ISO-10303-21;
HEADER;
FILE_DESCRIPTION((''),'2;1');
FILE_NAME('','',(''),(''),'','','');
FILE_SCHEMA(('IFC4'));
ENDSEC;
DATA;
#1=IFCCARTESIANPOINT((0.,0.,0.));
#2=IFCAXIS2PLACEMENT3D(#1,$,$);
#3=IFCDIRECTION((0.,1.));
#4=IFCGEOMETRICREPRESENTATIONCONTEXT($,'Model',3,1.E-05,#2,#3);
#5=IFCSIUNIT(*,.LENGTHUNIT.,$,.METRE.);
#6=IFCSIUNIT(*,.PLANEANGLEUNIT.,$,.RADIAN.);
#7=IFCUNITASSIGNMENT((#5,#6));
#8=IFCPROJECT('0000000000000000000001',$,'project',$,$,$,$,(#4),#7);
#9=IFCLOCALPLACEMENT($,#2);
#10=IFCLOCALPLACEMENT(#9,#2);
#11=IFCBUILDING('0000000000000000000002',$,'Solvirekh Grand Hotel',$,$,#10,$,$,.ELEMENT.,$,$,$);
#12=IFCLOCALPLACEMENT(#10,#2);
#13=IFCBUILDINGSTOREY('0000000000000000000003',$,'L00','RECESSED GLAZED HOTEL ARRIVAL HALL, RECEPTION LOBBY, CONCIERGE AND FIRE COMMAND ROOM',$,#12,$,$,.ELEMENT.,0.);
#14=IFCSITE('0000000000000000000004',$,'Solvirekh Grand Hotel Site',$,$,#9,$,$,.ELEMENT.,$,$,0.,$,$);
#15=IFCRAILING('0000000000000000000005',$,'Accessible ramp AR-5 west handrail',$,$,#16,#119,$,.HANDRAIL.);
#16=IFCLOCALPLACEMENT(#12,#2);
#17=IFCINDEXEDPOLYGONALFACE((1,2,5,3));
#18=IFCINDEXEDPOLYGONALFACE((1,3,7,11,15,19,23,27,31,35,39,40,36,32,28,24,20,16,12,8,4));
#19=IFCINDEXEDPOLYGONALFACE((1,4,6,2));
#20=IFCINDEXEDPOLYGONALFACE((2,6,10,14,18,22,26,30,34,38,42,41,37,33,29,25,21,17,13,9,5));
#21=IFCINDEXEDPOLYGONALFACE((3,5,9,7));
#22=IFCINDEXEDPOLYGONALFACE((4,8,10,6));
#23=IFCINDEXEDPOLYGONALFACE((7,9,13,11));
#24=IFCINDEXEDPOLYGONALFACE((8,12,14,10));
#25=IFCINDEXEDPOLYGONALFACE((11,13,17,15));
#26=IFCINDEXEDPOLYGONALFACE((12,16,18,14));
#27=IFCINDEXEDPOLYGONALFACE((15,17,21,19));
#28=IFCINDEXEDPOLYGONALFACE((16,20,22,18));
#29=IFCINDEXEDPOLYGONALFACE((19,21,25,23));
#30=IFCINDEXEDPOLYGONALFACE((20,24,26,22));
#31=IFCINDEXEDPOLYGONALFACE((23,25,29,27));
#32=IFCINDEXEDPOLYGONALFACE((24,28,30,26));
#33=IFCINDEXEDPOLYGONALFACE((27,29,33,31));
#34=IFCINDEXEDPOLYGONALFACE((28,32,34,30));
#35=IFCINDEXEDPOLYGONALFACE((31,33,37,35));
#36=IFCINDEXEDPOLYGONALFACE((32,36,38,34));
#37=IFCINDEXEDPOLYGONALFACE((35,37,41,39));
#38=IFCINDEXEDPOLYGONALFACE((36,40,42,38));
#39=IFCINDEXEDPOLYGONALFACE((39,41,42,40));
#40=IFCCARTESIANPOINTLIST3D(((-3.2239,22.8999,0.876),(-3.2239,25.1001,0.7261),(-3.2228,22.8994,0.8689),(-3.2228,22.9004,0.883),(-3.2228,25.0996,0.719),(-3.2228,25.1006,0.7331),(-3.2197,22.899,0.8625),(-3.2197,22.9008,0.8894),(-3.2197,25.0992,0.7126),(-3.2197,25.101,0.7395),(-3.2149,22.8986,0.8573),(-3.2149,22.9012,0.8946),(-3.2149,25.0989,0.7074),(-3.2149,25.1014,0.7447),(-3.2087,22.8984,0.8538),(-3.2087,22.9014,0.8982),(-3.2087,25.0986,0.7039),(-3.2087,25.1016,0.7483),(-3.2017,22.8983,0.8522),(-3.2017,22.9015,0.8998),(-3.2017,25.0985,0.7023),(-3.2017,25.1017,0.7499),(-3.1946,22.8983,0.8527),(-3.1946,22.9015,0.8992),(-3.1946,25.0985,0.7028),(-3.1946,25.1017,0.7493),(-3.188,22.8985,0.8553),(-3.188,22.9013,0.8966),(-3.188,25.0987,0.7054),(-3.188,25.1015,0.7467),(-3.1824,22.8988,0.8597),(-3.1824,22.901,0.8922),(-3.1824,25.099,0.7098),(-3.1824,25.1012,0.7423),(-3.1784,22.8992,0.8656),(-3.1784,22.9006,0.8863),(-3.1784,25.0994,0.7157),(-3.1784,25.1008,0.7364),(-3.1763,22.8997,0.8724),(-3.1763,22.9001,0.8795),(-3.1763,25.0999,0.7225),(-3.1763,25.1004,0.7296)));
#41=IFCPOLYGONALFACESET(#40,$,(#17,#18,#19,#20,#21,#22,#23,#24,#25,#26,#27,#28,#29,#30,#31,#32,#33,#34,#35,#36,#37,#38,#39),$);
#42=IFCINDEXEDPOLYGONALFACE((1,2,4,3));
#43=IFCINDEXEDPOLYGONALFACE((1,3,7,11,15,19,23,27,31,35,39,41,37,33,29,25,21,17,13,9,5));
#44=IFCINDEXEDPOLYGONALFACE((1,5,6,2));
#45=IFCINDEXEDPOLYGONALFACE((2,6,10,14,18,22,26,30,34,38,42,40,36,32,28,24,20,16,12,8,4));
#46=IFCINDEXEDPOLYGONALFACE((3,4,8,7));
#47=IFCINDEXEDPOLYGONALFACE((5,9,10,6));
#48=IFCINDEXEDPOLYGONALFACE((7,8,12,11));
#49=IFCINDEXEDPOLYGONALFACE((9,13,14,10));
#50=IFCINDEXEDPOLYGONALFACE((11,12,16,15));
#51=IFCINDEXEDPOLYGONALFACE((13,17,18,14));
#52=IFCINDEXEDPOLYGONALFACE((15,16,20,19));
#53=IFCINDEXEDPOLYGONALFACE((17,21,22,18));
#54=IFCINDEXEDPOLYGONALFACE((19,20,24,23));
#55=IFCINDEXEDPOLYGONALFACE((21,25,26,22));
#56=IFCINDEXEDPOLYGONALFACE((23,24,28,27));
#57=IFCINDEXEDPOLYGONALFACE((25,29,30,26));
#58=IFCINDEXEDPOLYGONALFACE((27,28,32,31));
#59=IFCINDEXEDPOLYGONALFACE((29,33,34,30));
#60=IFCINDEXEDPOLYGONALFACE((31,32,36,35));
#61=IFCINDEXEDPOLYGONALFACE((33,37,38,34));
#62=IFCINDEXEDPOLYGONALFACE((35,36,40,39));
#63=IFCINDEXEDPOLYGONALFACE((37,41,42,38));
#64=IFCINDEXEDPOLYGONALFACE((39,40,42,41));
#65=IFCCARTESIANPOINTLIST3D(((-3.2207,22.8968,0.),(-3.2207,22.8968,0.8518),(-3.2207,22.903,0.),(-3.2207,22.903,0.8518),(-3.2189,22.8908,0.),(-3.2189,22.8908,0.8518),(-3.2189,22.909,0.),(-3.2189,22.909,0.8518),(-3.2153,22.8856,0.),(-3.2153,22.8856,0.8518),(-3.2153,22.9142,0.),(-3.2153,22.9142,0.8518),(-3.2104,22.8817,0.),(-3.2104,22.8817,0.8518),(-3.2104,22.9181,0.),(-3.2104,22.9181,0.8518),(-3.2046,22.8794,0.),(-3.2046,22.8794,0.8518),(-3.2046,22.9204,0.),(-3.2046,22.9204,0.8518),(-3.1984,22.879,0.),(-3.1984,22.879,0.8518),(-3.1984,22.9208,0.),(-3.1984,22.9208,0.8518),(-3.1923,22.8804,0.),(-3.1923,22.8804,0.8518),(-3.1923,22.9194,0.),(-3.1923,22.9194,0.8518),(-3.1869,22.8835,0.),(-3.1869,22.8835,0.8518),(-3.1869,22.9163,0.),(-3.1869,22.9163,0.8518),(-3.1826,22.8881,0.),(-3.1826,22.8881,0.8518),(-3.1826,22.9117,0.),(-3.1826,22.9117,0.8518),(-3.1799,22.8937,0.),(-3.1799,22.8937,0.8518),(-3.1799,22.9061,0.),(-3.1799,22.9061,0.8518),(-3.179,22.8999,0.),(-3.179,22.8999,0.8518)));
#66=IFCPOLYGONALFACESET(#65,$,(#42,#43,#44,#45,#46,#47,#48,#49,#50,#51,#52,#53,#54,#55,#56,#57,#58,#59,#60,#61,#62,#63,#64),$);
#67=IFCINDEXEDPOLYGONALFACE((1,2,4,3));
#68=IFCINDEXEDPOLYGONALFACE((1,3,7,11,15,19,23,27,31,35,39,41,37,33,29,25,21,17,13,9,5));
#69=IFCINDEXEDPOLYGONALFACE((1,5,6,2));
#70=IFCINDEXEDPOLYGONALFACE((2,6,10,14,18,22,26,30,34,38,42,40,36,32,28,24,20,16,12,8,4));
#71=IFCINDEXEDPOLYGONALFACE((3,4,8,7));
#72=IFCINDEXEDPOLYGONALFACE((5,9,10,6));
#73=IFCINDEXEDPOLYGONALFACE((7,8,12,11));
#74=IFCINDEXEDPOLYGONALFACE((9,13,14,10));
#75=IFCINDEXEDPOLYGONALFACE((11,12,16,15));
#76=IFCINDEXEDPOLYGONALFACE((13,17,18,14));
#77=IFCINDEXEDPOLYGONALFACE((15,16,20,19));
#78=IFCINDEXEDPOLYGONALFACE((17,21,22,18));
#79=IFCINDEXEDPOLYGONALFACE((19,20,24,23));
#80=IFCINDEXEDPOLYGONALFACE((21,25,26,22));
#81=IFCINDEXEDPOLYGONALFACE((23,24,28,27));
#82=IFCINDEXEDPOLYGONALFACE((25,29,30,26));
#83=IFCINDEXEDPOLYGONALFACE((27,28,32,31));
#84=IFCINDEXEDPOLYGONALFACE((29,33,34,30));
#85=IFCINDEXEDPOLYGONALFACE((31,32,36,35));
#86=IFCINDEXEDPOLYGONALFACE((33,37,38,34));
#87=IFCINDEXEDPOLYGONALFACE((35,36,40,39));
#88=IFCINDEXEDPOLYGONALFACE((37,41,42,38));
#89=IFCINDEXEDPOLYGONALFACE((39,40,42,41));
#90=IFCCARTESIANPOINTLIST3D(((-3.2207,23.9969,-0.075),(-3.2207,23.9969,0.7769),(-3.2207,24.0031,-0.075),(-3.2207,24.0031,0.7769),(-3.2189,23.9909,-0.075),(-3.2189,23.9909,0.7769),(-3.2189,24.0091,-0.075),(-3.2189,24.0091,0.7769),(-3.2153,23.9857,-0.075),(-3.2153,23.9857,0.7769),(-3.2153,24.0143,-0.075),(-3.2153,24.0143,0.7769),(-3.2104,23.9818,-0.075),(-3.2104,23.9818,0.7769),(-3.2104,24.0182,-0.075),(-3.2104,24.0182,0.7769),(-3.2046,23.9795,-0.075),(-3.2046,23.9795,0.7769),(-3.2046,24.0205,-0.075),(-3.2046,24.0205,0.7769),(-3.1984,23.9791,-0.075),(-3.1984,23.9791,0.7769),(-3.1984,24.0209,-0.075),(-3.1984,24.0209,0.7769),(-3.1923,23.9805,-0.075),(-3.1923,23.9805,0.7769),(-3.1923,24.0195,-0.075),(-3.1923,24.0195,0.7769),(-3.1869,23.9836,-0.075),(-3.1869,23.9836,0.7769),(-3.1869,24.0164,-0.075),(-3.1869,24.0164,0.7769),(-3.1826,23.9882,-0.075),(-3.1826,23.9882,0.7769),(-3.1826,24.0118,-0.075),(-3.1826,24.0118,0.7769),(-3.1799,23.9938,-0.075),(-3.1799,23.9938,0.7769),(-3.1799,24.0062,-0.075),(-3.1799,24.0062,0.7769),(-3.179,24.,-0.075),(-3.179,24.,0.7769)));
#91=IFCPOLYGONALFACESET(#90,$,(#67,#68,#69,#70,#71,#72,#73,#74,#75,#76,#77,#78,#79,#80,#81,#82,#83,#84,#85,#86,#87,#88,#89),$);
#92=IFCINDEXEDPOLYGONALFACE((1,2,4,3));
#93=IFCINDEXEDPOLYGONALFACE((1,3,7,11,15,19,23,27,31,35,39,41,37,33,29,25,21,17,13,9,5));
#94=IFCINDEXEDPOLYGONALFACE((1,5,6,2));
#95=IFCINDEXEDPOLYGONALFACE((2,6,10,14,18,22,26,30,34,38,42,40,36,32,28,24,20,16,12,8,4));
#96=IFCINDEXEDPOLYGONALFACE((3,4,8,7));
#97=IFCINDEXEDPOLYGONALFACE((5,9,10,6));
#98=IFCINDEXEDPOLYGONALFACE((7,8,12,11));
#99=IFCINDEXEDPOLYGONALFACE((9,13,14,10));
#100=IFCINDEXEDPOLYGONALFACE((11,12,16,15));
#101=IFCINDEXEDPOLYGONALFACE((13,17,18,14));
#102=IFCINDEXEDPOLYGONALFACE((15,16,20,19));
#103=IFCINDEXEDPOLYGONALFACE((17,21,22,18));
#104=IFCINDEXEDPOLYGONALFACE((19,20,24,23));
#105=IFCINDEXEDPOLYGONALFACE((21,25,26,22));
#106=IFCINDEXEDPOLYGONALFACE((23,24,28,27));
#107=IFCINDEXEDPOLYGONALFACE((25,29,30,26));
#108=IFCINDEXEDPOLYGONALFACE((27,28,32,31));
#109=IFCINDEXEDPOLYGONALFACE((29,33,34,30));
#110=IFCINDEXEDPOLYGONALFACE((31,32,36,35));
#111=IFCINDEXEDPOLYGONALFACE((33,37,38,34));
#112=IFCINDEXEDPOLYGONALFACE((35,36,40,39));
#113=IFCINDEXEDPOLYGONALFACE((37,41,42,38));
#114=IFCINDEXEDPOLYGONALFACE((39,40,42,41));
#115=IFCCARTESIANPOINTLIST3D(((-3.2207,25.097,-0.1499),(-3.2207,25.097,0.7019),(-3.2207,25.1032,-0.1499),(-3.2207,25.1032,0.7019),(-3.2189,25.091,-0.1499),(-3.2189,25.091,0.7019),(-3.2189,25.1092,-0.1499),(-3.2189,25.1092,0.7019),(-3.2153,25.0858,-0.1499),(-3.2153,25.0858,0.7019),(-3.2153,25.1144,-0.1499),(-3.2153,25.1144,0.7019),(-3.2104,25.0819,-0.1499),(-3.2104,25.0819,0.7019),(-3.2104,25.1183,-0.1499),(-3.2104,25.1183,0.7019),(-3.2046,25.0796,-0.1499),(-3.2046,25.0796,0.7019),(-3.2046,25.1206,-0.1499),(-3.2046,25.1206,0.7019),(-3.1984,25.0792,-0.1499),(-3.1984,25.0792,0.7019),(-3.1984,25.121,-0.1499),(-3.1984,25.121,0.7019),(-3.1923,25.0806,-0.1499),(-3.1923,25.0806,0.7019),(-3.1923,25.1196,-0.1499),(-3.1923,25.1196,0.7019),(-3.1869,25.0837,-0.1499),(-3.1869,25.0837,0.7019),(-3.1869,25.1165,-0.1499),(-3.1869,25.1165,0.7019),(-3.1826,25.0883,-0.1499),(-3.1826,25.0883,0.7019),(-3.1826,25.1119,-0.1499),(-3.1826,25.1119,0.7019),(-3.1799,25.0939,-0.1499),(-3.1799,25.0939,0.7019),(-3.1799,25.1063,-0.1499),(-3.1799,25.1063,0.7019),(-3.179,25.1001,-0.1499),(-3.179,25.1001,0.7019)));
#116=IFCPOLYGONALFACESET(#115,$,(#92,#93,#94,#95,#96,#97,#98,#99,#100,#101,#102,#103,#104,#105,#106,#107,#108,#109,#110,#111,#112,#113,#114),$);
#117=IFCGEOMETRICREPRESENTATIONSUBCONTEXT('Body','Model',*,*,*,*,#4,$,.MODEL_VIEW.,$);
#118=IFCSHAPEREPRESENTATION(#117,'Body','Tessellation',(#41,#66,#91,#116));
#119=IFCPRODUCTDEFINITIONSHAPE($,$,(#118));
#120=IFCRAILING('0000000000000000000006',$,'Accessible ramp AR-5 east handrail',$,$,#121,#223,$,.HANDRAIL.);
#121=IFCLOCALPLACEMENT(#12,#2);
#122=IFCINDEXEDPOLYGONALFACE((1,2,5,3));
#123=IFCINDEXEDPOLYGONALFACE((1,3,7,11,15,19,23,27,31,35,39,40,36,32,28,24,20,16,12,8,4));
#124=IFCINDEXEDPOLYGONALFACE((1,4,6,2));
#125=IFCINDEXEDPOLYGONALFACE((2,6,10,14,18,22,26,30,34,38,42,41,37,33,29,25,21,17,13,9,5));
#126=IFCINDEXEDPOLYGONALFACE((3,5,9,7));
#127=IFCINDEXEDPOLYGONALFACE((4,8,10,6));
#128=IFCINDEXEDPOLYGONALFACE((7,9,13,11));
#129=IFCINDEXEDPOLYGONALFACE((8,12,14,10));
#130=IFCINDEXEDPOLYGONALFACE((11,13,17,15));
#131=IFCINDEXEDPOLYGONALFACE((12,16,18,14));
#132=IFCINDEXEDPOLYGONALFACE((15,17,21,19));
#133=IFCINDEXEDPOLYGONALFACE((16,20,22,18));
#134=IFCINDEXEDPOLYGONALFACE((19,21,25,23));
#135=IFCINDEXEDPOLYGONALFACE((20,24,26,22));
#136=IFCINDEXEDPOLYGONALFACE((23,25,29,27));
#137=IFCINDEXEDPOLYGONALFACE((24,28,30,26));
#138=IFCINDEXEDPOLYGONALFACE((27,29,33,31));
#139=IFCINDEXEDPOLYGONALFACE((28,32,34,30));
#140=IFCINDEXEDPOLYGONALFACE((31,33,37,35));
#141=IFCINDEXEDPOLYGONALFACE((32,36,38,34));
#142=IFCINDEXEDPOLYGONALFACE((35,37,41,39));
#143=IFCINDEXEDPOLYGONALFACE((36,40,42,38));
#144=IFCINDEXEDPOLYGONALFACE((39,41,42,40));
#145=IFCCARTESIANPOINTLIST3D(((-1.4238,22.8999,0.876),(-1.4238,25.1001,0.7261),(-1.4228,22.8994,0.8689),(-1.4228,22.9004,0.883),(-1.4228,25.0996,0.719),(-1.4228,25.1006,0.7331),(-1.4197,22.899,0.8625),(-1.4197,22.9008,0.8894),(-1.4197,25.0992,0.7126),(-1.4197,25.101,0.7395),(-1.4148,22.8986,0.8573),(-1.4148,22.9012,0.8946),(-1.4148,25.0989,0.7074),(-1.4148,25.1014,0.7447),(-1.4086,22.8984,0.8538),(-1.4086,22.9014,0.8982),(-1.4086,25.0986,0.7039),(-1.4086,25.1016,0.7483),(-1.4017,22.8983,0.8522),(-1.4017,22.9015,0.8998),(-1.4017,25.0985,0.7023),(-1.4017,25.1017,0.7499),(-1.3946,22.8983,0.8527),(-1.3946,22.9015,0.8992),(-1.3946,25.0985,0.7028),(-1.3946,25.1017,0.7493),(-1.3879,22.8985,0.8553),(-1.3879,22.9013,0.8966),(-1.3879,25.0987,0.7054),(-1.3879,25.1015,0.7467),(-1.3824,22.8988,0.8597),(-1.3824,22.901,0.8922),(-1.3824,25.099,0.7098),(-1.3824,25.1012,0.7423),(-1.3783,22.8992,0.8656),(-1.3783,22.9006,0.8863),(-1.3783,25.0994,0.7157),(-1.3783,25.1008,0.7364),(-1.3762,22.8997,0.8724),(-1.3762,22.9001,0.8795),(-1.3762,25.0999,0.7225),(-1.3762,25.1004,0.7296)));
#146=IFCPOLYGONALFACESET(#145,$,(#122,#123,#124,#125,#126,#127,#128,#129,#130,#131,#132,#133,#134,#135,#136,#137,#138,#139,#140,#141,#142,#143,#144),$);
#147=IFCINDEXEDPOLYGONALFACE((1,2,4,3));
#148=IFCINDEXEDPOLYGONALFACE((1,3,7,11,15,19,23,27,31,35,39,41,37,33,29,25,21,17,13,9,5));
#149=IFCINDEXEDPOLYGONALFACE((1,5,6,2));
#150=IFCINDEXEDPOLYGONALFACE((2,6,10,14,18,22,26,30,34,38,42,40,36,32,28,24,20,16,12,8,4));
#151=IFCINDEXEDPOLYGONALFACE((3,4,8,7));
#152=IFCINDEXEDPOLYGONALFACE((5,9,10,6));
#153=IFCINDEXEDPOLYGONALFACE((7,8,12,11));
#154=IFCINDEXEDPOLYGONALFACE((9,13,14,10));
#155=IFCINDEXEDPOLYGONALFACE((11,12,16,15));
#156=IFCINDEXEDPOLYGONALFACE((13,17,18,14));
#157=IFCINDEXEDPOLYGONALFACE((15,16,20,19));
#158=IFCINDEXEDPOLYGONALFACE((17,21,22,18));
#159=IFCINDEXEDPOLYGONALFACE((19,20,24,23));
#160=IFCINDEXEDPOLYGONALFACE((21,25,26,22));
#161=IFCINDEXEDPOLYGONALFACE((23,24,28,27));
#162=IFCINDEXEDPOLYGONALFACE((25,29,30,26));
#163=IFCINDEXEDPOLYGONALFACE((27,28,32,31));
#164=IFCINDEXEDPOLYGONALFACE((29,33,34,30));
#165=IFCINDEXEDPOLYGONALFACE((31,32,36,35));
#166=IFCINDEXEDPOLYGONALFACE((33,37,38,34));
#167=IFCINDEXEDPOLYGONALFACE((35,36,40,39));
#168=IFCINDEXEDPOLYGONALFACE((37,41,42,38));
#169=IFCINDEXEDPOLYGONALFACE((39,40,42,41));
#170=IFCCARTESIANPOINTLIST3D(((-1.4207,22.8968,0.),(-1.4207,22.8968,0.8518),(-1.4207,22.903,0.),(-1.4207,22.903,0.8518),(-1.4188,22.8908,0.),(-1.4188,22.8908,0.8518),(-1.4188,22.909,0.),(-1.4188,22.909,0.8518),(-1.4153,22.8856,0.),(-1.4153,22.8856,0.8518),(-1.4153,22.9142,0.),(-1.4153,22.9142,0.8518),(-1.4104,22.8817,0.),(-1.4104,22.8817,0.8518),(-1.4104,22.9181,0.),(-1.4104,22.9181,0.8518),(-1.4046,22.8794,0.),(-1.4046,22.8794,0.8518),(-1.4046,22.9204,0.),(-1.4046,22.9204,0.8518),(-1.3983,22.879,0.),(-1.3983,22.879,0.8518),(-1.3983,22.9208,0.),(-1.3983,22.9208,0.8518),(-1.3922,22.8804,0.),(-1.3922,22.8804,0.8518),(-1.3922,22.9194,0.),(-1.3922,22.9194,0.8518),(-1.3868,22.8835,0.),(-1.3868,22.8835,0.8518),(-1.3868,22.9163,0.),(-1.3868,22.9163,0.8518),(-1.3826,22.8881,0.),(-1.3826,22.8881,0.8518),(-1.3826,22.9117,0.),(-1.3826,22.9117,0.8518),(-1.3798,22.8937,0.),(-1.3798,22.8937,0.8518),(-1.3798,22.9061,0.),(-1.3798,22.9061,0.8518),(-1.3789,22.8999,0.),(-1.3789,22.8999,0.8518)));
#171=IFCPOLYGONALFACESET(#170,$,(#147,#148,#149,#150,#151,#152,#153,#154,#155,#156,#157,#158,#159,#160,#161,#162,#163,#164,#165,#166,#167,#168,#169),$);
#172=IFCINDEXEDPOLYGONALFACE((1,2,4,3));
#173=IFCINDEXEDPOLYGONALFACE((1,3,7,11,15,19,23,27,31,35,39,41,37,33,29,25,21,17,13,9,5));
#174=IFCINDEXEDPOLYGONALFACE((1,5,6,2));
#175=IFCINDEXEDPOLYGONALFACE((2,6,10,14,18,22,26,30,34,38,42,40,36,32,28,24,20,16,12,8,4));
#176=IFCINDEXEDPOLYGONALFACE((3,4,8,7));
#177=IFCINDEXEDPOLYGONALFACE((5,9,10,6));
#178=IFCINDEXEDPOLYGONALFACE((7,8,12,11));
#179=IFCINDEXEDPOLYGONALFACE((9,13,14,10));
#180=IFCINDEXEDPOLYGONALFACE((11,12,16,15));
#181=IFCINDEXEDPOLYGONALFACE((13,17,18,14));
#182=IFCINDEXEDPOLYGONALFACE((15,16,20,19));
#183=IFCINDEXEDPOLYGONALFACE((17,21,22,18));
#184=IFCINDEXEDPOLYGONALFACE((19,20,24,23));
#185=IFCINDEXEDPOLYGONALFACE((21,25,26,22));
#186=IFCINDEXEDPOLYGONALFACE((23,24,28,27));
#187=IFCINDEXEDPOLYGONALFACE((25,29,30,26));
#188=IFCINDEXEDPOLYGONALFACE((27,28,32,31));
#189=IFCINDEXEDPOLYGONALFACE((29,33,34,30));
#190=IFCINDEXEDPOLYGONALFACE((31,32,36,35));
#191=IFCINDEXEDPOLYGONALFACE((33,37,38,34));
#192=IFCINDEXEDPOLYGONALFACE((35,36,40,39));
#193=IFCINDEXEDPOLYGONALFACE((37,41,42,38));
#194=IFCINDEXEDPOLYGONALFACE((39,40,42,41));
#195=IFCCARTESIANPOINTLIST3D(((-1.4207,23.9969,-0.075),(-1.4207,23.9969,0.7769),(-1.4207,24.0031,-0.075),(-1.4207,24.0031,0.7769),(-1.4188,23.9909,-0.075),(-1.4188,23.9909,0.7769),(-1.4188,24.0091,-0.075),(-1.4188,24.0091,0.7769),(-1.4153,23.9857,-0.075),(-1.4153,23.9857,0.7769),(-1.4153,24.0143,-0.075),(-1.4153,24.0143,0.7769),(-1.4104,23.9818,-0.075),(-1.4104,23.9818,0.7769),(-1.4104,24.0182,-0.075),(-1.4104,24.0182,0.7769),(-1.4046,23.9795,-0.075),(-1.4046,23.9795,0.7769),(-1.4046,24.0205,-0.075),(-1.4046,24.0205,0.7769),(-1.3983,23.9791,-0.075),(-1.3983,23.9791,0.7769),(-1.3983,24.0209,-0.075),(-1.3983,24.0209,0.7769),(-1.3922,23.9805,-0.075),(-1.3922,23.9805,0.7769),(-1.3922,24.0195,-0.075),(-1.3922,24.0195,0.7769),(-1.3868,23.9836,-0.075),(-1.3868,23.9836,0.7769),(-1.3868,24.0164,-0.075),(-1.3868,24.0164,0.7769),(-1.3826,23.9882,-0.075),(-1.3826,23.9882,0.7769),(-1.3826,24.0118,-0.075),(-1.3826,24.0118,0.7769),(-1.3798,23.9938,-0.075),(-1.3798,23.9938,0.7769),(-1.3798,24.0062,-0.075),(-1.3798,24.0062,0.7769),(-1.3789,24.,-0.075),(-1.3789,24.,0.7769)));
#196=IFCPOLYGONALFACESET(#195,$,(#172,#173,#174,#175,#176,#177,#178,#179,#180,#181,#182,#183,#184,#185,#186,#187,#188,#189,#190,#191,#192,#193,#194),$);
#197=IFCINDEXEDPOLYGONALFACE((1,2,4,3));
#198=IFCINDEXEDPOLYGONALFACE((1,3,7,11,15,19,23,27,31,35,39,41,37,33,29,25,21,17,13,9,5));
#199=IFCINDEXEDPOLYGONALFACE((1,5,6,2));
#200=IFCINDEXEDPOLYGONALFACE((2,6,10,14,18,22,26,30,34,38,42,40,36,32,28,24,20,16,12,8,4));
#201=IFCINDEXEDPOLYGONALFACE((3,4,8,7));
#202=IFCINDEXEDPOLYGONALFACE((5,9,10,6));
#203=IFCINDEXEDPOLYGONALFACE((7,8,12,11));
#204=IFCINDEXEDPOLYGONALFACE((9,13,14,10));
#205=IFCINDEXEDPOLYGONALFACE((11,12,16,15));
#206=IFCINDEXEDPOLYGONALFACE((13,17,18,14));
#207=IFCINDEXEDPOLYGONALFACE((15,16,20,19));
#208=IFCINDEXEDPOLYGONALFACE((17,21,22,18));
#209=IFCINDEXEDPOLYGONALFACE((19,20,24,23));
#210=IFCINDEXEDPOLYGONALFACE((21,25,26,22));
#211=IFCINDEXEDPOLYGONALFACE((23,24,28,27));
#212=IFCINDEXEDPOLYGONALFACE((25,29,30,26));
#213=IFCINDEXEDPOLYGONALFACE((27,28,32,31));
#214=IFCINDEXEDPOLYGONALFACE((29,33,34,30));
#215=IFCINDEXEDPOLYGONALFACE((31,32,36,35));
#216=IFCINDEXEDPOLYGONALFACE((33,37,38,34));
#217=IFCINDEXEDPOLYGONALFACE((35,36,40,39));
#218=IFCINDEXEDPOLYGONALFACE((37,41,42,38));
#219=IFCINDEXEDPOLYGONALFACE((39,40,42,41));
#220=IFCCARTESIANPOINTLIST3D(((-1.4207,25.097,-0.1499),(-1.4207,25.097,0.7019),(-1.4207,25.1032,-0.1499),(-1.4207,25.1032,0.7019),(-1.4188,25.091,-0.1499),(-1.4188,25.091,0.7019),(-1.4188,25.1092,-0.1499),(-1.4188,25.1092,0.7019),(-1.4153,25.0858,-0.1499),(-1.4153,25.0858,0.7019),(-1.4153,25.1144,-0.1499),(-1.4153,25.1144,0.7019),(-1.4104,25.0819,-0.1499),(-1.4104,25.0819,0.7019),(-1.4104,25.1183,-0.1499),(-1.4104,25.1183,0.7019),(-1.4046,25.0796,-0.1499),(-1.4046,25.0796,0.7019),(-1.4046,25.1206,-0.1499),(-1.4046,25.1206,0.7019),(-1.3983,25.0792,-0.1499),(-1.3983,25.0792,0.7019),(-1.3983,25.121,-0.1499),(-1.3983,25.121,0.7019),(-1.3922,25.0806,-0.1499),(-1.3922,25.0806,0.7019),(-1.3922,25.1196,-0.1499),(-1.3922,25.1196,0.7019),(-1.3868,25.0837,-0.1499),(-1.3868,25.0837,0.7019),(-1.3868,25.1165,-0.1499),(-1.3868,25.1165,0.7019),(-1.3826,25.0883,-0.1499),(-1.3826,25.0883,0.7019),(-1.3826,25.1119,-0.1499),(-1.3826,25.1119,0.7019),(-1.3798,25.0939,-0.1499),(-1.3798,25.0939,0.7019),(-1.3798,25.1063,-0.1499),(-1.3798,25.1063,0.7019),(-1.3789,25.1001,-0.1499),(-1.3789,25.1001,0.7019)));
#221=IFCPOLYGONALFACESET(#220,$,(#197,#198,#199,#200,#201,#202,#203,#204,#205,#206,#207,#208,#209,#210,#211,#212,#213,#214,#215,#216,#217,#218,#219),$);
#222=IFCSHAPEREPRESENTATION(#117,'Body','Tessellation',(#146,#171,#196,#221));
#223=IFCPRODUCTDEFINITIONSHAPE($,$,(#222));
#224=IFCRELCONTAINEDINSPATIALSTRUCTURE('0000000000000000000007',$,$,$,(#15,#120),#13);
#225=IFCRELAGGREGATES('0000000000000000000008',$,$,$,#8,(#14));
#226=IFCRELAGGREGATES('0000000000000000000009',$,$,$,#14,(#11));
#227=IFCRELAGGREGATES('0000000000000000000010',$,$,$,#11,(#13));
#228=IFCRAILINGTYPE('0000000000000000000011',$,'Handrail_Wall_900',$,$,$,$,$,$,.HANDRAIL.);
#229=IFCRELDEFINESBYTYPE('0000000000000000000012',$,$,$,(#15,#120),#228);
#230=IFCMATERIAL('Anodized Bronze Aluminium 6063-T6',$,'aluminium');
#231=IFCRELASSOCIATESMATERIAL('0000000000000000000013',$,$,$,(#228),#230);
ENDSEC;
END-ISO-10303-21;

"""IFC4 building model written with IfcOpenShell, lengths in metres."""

from ifc_helpers import new_model, si_unit, direction, frame, origin, origin_2d, place, context, subcontext, project, spatial, circle, extrude, material, type_object, element, save


model = new_model("IFC4")

# Units and contexts
model_context = context("Model", 3, precision=1e-05, world=origin(), true_north=direction((0.0, 1.0)))
body_context = subcontext(model_context, "Body", "Model", "MODEL_VIEW")
ifc_project = project(units=[si_unit("LENGTHUNIT", "METRE"), si_unit("PLANEANGLEUNIT", "RADIAN")], contexts=[model_context])

# Site, building, storey
site_placement = place(None, origin())
site = spatial("IfcSite", under=ifc_project, at=site_placement, Name="Solvirekh Grand Hotel Site", CompositionType="ELEMENT", RefElevation=0.0)
building_placement = place(site_placement, origin())
building = spatial("IfcBuilding", under=site, at=building_placement, Name="Solvirekh Grand Hotel", CompositionType="ELEMENT")
storey_placement = place(building_placement, origin())
storey = spatial("IfcBuildingStorey", under=building, at=storey_placement, Name="L00", Description="RECESSED GLAZED HOTEL ARRIVAL HALL, RECEPTION LOBBY, CONCIERGE AND FIRE COMMAND ROOM", CompositionType="ELEMENT", Elevation=0.0)

# Shared definitions
ifc_material_1 = material(Name="Anodized Bronze Aluminium 6063-T6", Category="aluminium")

# Railings
railing_type_1 = type_object("IfcRailingType", Name="Handrail_Wall_900", PredefinedType="HANDRAIL", material=ifc_material_1)
for number, where, name in (
    (1, (-3.2, 22.8999, 0.0), "Accessible ramp AR-5 west handrail"),
    (2, (-1.3999, 22.8999, 0.0), "Accessible ramp AR-5 east handrail"),
):
    element("IfcRailing", number, at=place(storey_placement, frame(where)), inside=storey, type_object=railing_type_1, Name=name, PredefinedType="HANDRAIL", context=body_context, shape_type="SweptSolid", body=[
        extrude(circle(Radius=0.0239, at=origin_2d()), frame((0.0, 0.0, 0.876), z_axis=(0.0, 0.997687, -0.067974), x_axis=(-1.0, 0.0, 0.0)), (0.0, 0.0, 1.0), 2.2053),
        extrude(circle(Radius=0.021, at=origin_2d()), origin(), (0.0, 0.0, 1.0), 0.8518),
        extrude(circle(Radius=0.021, at=origin_2d()), frame((0.0, 1.1001, -0.075)), (0.0, 0.0, 1.0), 0.8518),
        extrude(circle(Radius=0.021, at=origin_2d()), frame((0.0, 2.2002, -0.1499)), (0.0, 0.0, 1.0), 0.8518),
    ])

save(model, "model.ifc")
